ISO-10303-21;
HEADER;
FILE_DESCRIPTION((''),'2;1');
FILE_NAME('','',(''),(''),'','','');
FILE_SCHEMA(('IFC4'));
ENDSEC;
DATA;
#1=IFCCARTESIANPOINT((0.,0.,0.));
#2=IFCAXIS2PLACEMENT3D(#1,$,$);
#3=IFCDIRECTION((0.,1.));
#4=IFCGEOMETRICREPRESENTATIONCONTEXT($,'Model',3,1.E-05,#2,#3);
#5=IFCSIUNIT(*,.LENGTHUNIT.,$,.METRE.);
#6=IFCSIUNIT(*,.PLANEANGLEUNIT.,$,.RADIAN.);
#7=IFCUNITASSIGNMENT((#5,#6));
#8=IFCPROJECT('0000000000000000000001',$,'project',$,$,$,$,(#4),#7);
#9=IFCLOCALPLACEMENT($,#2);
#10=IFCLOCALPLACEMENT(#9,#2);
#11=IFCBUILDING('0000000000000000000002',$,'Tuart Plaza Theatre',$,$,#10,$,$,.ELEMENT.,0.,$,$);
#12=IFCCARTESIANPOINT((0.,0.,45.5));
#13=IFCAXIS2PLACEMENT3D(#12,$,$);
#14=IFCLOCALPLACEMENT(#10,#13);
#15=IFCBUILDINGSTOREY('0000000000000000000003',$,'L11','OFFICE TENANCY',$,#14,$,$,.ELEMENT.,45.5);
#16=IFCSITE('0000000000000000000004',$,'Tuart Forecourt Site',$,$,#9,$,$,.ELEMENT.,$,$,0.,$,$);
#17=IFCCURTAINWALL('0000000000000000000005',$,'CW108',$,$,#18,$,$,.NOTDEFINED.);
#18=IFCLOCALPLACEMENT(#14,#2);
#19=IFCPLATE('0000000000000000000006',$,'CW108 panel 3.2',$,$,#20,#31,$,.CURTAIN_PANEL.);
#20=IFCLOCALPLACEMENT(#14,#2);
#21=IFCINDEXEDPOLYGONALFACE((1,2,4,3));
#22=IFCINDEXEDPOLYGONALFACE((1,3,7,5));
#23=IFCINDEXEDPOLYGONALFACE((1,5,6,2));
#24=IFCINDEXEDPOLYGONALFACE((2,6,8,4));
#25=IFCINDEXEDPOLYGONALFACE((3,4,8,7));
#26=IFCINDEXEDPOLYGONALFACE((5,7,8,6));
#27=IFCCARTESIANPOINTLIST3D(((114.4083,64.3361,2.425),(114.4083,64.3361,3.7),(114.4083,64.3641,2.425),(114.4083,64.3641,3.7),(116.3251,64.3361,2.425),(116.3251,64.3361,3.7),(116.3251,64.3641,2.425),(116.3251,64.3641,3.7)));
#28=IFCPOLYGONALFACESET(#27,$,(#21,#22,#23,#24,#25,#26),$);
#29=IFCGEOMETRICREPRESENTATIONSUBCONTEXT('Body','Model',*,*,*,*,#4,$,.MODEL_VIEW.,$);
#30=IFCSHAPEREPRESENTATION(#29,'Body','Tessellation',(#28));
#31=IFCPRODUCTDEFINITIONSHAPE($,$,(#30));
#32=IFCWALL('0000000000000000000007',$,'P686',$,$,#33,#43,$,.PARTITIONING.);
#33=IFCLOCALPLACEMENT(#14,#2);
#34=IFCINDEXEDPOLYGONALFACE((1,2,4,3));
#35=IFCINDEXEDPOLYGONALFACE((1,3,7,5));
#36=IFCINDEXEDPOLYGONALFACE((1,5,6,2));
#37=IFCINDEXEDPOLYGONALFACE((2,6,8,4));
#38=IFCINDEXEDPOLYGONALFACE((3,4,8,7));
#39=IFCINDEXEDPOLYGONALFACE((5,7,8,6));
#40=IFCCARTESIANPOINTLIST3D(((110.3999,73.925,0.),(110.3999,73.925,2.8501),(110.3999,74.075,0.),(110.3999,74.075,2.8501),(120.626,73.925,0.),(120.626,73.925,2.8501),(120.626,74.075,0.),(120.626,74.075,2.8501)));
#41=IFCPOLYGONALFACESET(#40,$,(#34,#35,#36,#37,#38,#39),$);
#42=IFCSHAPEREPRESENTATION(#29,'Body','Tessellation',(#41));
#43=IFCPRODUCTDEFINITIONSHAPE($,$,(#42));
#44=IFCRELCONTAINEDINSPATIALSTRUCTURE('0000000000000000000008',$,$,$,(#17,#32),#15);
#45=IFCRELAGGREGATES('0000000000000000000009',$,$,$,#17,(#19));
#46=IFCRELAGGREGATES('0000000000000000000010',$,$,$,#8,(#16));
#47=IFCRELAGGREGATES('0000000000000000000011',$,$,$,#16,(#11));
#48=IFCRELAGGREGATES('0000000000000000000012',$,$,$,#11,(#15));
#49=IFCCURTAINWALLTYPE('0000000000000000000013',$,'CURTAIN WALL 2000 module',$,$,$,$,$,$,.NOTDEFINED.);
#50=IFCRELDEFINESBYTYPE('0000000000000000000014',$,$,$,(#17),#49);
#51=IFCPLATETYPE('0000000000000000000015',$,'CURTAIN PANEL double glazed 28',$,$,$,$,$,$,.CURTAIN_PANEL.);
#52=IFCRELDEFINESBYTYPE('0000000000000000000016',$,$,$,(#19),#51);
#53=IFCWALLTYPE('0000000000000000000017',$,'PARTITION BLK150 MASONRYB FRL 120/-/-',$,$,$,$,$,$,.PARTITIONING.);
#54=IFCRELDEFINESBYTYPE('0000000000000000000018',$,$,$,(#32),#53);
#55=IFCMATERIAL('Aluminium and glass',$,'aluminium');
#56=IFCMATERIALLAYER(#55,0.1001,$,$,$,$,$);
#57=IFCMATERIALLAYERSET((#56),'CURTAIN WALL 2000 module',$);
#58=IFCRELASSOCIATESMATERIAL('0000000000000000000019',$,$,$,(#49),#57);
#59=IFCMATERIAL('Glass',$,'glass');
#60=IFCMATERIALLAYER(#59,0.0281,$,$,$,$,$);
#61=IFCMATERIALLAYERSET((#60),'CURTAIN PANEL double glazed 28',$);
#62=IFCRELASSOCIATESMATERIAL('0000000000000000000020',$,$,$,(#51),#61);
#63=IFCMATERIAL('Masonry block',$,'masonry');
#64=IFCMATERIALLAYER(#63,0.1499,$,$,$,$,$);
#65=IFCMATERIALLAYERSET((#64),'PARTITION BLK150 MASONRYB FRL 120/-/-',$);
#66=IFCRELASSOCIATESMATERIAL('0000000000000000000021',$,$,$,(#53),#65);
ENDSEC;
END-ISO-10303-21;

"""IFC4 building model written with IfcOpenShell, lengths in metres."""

from ifc_helpers import new_model, si_unit, direction, frame, frame_2d, origin, origin_2d, place, context, subcontext, project, spatial, rectangle, extrude, material, layer, layer_set, type_object, element, aggregate, save


model = new_model("IFC4")

# Units and contexts
model_context = context("Model", 3, precision=1e-05, world=origin(), true_north=direction((0.0, 1.0)))
body_context = subcontext(model_context, "Body", "Model", "MODEL_VIEW")
ifc_project = project(units=[si_unit("LENGTHUNIT", "METRE"), si_unit("PLANEANGLEUNIT", "RADIAN")], contexts=[model_context])

# Site, building, storey
site_placement = place(None, origin())
site = spatial("IfcSite", under=ifc_project, at=site_placement, Name="Tuart Forecourt Site", CompositionType="ELEMENT", RefElevation=0.0)
building_placement = place(site_placement, origin())
building = spatial("IfcBuilding", under=site, at=building_placement, Name="Tuart Plaza Theatre", CompositionType="ELEMENT", ElevationOfRefHeight=0.0)
storey_placement = place(building_placement, frame((0.0, 0.0, 45.5)))
storey = spatial("IfcBuildingStorey", under=building, at=storey_placement, Name="L11", Description="OFFICE TENANCY", CompositionType="ELEMENT", Elevation=45.5)

# Curtain wall
ifc_material_1 = material(Name="Aluminium and glass", Category="aluminium")
ifc_layer_1 = layer(ifc_material_1, 0.1001)
ifc_layer_set_1 = layer_set([ifc_layer_1], Name="CURTAIN WALL 2000 module")
curtain_wall_type = type_object("IfcCurtainWallType", Name="CURTAIN WALL 2000 module", PredefinedType="NOTDEFINED", material=ifc_layer_set_1)
curtain_wall_1_placement = place(storey_placement, origin())
curtain_wall_1 = element("IfcCurtainWall", 1, at=curtain_wall_1_placement, inside=storey, type_object=curtain_wall_type, Name="CW108", PredefinedType="NOTDEFINED")

# Plate
ifc_material_2 = material(Name="Glass", Category="glass")
ifc_layer_2 = layer(ifc_material_2, 0.0281)
ifc_layer_set_2 = layer_set([ifc_layer_2], Name="CURTAIN PANEL double glazed 28")
plate_type = type_object("IfcPlateType", Name="CURTAIN PANEL double glazed 28", PredefinedType="CURTAIN_PANEL", material=ifc_layer_set_2)
plate_1_placement = place(storey_placement, frame((115.3667, 64.3501, 2.425), z_axis=(0.0, 0.0, 1.0), x_axis=(1.0, 0.0, 0.0)))
plate_1 = element("IfcPlate", 2, at=plate_1_placement, type_object=plate_type, Name="CW108 panel 3.2", PredefinedType="CURTAIN_PANEL", context=body_context, shape_type="SweptSolid", body=[
    extrude(rectangle(XDim=1.9167, YDim=0.0281, at=origin_2d()), origin(), (0.0, 0.0, 1.0), 1.2749),
])
aggregate(curtain_wall_1, [plate_1])

# Wall
ifc_material_3 = material(Name="Masonry block", Category="masonry")
ifc_layer_3 = layer(ifc_material_3, 0.1499)
ifc_layer_set_3 = layer_set([ifc_layer_3], Name="PARTITION BLK150 MASONRYB FRL 120/-/-")
wall_type = type_object("IfcWallType", Name="PARTITION BLK150 MASONRYB FRL 120/-/-", PredefinedType="PARTITIONING", material=ifc_layer_set_3)
wall_placement = place(storey_placement, frame((110.3999, 74.0, 0.0), z_axis=(0.0, 0.0, 1.0), x_axis=(1.0, 0.0, 0.0)))
element("IfcWall", 3, at=wall_placement, inside=storey, type_object=wall_type, Name="P686", PredefinedType="PARTITIONING", context=body_context, shape_type="SweptSolid", body=[
    extrude(rectangle(XDim=10.2261, YDim=0.1499, at=frame_2d((5.113, 0.0))), origin(), (0.0, 0.0, 1.0), 2.8501),
])

save(model, "model.ifc")
